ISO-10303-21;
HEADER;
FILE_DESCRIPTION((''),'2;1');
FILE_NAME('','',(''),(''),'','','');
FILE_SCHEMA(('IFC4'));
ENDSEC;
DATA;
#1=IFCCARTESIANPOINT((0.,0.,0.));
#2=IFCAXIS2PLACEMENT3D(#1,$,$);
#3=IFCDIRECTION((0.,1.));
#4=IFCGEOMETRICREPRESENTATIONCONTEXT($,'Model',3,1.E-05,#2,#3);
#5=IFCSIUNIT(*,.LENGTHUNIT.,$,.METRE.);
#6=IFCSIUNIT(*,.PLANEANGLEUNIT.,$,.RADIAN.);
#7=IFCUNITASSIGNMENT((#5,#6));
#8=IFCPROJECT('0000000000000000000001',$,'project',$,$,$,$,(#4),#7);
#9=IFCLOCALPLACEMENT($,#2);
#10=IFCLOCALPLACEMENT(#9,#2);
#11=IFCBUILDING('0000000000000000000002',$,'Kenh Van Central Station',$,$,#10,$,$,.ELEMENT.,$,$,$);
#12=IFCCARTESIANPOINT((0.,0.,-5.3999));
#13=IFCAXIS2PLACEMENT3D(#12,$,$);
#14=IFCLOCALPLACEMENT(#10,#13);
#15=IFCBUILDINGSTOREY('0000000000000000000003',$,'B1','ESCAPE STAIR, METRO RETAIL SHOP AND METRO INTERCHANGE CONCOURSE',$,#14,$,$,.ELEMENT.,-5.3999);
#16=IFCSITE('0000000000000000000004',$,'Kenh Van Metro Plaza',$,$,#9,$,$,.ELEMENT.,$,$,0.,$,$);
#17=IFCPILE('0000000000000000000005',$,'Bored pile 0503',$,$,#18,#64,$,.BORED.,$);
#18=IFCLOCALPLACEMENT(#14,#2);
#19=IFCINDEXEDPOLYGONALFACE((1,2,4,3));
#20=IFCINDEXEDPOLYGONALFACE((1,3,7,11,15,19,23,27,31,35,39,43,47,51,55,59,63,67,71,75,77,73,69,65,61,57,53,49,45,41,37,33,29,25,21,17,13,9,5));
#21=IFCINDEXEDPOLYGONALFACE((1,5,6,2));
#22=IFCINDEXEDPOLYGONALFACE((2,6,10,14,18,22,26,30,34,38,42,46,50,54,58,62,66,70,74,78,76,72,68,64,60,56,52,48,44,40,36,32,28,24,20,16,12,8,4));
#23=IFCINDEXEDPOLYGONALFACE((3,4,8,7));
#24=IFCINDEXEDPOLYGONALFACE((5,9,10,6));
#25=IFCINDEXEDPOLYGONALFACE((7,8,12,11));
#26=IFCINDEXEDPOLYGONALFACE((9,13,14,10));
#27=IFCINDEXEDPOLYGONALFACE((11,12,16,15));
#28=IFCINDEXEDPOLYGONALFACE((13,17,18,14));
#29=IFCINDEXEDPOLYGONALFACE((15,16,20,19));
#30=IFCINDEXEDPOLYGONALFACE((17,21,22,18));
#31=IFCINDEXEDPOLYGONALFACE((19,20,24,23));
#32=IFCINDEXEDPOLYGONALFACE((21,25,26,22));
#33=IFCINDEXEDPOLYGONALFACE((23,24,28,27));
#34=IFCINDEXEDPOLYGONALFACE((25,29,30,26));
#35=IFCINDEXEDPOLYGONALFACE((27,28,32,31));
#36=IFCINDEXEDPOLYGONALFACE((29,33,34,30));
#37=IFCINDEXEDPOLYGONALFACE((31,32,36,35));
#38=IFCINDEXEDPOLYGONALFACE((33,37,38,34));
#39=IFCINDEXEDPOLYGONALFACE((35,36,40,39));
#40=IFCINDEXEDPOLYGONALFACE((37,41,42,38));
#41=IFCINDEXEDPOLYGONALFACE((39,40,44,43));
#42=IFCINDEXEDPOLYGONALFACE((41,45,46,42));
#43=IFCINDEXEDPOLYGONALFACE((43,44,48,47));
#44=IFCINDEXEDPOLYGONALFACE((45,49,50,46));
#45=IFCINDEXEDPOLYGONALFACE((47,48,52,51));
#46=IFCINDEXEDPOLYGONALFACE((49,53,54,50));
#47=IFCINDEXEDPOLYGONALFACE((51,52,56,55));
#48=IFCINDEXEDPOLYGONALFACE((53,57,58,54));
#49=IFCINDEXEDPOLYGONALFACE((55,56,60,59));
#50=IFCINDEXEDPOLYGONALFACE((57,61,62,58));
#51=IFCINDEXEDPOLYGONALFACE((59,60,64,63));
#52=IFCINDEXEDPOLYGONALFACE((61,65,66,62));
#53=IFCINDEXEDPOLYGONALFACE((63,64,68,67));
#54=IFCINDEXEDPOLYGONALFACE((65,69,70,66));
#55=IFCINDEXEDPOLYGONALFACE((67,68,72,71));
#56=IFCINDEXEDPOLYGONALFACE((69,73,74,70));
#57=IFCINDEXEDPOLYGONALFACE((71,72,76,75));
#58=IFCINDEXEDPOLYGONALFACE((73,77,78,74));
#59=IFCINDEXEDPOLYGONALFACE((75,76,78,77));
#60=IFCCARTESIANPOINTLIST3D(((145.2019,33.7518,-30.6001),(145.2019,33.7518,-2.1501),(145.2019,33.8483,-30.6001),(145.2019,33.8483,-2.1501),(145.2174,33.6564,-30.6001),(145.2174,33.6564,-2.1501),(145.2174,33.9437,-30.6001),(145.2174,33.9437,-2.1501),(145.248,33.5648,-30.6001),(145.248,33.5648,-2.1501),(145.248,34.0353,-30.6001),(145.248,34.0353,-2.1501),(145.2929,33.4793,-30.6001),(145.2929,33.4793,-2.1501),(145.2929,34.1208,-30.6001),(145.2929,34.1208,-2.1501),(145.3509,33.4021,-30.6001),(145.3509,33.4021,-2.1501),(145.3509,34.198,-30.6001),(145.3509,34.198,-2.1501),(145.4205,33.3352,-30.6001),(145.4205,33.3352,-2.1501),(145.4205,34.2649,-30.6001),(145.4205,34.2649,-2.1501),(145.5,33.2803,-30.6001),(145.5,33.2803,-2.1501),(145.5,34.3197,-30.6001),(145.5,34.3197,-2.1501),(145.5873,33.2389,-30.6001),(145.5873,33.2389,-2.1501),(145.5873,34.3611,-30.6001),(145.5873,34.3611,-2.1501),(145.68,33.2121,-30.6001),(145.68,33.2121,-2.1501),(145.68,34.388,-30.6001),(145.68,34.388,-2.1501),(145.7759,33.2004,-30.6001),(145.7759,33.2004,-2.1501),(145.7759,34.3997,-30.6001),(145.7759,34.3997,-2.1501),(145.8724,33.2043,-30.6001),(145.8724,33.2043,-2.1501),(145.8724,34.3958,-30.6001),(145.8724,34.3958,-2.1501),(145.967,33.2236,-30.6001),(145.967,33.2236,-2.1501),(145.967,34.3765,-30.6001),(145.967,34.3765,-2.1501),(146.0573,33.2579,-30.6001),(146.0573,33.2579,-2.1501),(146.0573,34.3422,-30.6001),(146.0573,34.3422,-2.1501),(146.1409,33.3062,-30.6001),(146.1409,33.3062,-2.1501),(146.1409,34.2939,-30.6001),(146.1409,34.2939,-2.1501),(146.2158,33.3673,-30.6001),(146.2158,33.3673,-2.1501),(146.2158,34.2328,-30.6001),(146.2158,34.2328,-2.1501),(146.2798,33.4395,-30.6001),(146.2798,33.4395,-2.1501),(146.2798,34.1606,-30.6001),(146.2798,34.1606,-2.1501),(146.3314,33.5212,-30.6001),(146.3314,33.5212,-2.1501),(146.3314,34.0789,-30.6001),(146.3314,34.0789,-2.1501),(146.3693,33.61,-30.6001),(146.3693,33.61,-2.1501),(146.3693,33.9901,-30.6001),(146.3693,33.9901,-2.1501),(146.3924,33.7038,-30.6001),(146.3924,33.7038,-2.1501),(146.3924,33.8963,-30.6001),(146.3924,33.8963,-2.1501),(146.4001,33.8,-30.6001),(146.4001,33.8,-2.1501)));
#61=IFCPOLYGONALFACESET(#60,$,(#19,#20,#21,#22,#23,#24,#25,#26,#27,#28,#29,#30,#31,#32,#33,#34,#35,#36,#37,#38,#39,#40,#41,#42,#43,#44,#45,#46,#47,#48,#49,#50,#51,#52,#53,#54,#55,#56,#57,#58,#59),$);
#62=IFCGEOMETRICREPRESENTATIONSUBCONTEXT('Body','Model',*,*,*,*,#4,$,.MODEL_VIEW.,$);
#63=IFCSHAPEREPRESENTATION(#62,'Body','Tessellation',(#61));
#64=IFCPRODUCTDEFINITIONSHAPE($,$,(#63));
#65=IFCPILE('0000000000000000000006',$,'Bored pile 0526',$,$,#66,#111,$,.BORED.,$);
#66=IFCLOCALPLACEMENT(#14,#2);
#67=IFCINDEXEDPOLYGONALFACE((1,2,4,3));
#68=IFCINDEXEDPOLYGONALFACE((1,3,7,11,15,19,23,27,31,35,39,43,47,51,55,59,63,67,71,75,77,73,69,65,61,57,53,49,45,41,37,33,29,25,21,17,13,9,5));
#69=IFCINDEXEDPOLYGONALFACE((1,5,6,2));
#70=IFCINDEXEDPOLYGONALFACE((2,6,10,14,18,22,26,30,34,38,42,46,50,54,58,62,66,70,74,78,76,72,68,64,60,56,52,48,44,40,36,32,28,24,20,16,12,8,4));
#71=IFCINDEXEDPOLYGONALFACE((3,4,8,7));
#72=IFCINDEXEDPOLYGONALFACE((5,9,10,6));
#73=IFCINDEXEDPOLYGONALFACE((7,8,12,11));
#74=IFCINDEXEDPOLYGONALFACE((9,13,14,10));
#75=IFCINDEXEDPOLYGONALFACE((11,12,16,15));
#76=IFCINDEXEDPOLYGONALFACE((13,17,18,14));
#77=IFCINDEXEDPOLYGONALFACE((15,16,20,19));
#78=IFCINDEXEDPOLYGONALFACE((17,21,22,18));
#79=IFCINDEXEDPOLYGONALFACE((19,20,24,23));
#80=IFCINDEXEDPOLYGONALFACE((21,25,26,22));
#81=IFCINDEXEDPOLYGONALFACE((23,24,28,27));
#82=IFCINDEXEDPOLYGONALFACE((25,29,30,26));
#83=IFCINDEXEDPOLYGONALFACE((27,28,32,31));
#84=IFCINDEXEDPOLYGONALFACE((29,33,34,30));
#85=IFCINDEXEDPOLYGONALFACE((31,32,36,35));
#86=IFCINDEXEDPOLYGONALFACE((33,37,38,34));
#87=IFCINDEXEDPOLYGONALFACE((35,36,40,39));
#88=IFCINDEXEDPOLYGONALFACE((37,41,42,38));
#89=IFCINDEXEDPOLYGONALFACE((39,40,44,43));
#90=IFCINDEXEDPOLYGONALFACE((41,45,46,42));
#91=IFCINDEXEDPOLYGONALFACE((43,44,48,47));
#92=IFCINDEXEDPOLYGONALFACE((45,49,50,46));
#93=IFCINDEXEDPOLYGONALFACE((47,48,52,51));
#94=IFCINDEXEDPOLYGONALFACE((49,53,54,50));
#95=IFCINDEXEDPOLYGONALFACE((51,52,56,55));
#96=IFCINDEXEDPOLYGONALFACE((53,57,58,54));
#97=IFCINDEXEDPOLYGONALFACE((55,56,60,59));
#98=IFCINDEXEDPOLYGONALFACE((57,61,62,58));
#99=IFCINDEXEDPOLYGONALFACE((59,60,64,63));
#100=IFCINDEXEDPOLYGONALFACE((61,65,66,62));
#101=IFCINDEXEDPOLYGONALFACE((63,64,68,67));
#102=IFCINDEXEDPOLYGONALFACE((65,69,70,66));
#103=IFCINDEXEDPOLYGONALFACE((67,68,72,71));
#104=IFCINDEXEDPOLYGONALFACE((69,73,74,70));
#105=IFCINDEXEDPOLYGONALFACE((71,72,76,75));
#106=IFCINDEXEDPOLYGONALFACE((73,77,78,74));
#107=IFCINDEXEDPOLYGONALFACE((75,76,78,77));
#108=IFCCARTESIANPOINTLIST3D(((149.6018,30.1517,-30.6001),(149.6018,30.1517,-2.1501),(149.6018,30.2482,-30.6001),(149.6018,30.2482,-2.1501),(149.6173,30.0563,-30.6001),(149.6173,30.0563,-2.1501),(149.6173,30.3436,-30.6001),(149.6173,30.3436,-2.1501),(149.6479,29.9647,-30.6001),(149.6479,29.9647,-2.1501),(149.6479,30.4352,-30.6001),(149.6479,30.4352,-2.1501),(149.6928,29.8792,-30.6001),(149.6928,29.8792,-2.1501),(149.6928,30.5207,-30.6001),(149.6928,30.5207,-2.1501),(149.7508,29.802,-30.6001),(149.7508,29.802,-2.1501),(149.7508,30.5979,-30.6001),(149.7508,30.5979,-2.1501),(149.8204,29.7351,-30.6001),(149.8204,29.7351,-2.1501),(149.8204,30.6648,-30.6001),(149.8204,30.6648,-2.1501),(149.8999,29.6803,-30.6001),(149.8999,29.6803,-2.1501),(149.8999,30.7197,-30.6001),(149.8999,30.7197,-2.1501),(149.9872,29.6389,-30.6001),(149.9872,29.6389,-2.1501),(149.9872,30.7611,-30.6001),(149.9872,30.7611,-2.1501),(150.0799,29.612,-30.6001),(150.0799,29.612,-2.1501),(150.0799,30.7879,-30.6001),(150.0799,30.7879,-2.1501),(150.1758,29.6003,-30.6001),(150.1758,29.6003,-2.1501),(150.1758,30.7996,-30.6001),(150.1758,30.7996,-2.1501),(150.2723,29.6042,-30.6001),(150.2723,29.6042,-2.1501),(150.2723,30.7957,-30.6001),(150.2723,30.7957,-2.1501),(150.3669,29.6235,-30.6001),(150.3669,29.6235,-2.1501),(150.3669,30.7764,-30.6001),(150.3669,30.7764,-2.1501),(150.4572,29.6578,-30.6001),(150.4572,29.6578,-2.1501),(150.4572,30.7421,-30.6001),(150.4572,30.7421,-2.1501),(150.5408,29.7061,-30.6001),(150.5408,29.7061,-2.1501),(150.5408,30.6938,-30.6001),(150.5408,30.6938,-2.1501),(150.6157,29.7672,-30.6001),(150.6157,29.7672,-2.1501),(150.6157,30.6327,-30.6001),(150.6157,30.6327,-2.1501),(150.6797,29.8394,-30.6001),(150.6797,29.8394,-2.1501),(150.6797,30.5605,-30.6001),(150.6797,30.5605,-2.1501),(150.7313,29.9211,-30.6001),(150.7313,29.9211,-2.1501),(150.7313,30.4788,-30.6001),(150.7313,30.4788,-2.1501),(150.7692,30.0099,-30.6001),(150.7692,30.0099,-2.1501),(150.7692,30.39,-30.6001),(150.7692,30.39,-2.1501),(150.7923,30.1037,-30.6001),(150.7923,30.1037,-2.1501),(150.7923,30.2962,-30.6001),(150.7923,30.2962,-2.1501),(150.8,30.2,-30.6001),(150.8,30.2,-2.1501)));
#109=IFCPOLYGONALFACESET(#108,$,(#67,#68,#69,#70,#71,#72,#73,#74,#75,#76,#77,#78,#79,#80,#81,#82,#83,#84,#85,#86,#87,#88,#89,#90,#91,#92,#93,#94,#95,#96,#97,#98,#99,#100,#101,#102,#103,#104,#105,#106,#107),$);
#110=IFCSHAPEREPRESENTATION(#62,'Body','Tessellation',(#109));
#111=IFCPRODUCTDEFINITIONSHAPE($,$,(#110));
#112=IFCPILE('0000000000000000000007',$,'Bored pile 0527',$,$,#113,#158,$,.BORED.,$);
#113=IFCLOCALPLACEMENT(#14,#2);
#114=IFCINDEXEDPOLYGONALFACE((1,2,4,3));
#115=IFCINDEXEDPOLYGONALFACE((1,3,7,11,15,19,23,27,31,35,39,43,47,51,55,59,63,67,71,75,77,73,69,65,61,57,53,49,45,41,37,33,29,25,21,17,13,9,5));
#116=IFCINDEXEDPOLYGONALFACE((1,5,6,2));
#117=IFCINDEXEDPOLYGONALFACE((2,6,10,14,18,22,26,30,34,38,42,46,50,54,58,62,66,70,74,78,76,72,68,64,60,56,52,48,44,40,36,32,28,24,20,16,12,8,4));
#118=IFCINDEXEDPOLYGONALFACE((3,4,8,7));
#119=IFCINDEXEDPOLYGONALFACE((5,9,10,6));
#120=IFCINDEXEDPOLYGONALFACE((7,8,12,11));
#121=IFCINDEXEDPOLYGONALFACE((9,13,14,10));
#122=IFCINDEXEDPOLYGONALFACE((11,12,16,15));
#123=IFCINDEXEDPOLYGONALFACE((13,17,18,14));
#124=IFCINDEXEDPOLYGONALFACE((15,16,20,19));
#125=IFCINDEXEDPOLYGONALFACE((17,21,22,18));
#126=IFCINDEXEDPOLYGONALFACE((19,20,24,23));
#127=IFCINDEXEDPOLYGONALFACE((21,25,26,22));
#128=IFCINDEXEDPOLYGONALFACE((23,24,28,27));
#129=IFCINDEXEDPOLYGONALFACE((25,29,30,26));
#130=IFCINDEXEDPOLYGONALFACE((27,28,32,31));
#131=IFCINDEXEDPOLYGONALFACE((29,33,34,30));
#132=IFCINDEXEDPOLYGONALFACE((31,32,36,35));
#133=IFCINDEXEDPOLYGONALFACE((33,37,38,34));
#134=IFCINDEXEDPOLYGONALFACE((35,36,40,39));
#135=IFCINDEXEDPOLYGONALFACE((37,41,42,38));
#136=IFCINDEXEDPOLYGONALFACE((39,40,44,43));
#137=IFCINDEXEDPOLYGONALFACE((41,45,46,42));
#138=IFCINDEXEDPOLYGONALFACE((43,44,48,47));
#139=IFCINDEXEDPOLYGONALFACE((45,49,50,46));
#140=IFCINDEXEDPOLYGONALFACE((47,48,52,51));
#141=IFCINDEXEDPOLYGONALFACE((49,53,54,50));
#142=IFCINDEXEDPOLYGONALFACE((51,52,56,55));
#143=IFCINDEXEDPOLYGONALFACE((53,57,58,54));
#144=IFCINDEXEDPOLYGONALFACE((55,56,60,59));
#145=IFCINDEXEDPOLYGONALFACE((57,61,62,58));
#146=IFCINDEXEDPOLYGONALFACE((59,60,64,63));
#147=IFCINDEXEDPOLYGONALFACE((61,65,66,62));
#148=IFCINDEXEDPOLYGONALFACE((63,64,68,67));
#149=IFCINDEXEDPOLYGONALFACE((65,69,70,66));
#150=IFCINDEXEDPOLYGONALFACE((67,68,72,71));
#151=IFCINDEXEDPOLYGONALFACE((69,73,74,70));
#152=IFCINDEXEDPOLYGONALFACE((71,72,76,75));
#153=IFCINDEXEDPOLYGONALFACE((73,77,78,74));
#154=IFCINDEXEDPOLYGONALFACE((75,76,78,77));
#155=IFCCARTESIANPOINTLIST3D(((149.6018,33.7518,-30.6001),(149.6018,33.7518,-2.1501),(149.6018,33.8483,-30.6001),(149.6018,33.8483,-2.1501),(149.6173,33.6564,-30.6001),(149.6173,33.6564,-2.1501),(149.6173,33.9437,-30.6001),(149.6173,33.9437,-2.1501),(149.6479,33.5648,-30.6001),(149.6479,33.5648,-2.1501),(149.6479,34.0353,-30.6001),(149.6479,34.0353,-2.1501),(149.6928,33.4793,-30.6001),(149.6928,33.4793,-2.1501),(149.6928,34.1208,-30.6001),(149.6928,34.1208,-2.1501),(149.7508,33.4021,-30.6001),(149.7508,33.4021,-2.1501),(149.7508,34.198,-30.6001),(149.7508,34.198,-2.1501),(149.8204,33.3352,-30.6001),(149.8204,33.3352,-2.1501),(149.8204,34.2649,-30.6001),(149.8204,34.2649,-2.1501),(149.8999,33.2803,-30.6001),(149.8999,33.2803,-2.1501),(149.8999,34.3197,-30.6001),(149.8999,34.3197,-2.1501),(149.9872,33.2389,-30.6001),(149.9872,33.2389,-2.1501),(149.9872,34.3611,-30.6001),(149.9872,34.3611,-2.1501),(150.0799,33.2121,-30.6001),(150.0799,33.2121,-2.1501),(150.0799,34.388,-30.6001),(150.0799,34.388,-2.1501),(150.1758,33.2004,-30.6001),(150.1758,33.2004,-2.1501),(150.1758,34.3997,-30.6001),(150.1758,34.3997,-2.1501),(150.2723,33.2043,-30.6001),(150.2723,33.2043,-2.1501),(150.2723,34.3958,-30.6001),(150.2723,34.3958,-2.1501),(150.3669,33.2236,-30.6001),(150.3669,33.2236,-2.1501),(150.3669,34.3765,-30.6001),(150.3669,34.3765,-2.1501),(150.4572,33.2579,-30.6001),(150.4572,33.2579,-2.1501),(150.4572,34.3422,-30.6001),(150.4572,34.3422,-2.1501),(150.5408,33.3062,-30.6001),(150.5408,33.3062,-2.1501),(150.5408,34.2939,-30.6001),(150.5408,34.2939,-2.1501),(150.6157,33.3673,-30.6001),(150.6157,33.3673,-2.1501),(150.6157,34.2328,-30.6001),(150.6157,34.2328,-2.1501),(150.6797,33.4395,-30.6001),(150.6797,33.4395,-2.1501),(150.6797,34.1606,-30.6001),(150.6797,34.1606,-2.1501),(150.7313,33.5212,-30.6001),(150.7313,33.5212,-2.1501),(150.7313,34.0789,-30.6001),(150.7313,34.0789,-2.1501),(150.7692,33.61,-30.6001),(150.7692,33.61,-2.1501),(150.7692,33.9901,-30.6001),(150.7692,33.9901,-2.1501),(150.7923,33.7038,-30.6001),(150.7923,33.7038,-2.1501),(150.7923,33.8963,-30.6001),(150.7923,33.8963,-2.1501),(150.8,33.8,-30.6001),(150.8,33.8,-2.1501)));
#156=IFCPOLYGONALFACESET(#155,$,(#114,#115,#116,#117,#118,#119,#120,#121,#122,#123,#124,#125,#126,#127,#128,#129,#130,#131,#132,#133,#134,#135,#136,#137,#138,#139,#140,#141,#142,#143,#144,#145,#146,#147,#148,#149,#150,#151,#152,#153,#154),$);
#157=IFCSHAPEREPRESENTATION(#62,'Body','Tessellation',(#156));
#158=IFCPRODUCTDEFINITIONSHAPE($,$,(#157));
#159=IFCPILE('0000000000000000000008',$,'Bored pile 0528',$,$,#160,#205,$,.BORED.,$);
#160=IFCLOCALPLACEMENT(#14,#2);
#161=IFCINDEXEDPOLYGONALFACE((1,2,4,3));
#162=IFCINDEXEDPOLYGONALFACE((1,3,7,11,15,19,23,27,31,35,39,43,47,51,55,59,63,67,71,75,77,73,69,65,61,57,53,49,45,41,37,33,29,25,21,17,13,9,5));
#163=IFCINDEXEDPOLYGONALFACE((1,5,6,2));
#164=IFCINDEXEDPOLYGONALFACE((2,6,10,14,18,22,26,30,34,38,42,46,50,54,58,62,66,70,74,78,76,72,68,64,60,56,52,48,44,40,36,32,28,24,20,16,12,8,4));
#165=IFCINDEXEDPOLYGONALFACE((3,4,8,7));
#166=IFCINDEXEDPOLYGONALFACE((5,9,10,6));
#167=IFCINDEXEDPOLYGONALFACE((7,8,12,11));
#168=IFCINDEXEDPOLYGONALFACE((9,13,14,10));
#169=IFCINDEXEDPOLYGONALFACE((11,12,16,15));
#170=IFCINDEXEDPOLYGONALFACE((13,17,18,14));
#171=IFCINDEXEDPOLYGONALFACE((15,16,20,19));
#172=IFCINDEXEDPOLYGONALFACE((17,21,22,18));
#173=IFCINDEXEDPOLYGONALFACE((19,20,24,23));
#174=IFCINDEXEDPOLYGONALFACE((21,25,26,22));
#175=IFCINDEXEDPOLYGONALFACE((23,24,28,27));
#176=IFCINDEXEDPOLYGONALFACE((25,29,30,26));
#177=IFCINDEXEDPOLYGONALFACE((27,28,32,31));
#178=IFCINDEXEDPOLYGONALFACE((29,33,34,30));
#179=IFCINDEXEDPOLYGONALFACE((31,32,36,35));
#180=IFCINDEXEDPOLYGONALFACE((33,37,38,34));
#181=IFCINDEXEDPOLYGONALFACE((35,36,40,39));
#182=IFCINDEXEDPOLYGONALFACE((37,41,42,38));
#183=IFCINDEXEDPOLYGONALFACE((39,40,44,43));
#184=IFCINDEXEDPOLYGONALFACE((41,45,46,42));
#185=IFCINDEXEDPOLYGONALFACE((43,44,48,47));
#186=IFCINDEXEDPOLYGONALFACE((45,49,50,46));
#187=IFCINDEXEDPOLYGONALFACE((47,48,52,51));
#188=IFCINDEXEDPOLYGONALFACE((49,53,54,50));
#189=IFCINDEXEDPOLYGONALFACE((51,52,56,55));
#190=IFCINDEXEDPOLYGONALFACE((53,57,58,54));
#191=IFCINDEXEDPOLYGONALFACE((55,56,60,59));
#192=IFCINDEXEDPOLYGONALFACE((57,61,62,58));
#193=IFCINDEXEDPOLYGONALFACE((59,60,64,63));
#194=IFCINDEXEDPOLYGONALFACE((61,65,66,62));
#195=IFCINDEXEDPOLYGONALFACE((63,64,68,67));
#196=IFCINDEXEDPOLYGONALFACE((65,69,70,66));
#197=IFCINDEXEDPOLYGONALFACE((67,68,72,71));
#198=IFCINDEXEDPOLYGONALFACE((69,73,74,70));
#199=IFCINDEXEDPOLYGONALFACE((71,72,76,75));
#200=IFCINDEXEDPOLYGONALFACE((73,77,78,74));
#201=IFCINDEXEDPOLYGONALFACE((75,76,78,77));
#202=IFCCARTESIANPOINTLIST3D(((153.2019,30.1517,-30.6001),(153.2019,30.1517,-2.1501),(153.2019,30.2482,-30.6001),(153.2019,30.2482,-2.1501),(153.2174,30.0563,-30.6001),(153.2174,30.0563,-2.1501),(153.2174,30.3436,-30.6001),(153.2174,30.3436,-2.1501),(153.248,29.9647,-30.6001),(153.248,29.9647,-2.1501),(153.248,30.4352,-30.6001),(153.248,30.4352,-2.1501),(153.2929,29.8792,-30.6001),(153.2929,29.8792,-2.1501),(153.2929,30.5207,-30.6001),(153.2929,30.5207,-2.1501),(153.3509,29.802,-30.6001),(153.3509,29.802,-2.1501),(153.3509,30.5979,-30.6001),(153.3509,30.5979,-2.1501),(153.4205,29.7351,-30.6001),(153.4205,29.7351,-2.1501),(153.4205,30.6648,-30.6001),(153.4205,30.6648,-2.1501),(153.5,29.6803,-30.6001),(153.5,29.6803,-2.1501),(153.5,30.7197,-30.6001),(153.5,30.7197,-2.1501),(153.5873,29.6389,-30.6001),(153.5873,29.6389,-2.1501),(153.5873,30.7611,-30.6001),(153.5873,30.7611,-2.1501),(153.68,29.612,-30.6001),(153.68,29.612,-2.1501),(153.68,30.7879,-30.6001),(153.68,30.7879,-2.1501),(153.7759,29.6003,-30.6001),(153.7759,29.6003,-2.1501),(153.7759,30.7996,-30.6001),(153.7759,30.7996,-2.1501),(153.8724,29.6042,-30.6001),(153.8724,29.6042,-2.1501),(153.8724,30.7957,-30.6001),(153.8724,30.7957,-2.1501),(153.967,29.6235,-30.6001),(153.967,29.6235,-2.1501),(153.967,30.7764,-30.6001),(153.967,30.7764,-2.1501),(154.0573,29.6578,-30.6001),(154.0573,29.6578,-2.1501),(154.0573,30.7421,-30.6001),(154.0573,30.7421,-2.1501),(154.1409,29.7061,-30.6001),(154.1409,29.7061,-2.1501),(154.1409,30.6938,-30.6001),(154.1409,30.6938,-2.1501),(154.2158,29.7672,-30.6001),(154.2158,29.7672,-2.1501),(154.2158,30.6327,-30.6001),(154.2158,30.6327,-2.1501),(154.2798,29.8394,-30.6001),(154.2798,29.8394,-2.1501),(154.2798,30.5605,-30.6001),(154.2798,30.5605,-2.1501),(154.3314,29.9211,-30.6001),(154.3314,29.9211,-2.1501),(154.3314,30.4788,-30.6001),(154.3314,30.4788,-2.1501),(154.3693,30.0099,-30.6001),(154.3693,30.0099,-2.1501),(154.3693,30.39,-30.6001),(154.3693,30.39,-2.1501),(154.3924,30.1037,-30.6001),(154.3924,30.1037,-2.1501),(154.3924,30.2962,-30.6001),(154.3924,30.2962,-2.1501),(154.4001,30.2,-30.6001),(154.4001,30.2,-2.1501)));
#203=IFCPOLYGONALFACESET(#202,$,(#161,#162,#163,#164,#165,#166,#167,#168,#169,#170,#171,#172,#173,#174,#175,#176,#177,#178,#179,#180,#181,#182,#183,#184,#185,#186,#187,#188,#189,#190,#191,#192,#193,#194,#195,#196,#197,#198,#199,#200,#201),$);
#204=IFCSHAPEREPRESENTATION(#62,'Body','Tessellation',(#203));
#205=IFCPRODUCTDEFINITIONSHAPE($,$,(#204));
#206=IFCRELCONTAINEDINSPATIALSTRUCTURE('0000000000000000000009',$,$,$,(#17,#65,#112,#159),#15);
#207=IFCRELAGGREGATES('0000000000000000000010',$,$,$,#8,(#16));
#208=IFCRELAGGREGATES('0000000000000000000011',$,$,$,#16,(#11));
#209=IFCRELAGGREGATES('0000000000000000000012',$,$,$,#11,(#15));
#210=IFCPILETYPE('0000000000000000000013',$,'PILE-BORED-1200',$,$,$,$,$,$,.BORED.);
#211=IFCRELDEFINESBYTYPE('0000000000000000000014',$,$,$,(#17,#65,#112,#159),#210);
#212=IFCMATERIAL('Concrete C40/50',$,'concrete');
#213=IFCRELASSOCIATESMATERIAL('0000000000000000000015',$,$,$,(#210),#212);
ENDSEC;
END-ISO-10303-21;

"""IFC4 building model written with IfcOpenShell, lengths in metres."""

from ifc_helpers import new_model, si_unit, direction, frame, origin, origin_2d, place, context, subcontext, project, spatial, circle, extrude, material, material_profile, profile_set, type_object, element, save


model = new_model("IFC4")

# Units and contexts
model_context = context("Model", 3, precision=1e-05, world=origin(), true_north=direction((0.0, 1.0)))
body_context = subcontext(model_context, "Body", "Model", "MODEL_VIEW")
ifc_project = project(units=[si_unit("LENGTHUNIT", "METRE"), si_unit("PLANEANGLEUNIT", "RADIAN")], contexts=[model_context])

# Site, building, storey
site_placement = place(None, origin())
site = spatial("IfcSite", under=ifc_project, at=site_placement, Name="Kenh Van Metro Plaza", CompositionType="ELEMENT", RefElevation=0.0)
building_placement = place(site_placement, origin())
building = spatial("IfcBuilding", under=site, at=building_placement, Name="Kenh Van Central Station", CompositionType="ELEMENT")
storey_placement = place(building_placement, frame((0.0, 0.0, -5.3999)))
storey = spatial("IfcBuildingStorey", under=building, at=storey_placement, Name="B1", Description="ESCAPE STAIR, METRO RETAIL SHOP AND METRO INTERCHANGE CONCOURSE", CompositionType="ELEMENT", Elevation=-5.3999)

# Shared definitions
ifc_material_1 = material(Name="Concrete C40/50", Category="concrete")

# Piles
ifc_material_profile_1 = material_profile(ifc_material_1, circle(Radius=0.6001, at=origin_2d()), Name="PILE D1200")
ifc_profile_set_1 = profile_set([ifc_material_profile_1], Name="Concrete C40/50")
pile_type = type_object("IfcPileType", Name="PILE-BORED-1200", PredefinedType="BORED", material=ifc_profile_set_1)
for number, where, z_axis, x_axis, name in (
    (1, (145.8, 33.8, -2.1501), (0.0, 0.0, -1.0), (1.0, 0.0, 0.0), "Bored pile 0503"),
    (2, (150.2, 30.2, -2.1501), (0.0, 0.0, -1.0), (1.0, 0.0, 0.0), "Bored pile 0526"),
    (3, (150.2, 33.8, -2.1501), (0.0, 0.0, -1.0), (1.0, 0.0, 0.0), "Bored pile 0527"),
    (4, (153.8, 30.2, -2.1501), (0.0, 0.0, -1.0), (1.0, 0.0, 0.0), "Bored pile 0528"),
):
    element("IfcPile", number, at=place(storey_placement, frame(where, z_axis=z_axis, x_axis=x_axis)), inside=storey, type_object=pile_type, Name=name, PredefinedType="BORED", context=body_context, shape_type="SweptSolid", body=[
        extrude(circle(Radius=0.6001, at=origin_2d()), origin(), (0.0, 0.0, 1.0), 28.45),
    ])

save(model, "model.ifc")
